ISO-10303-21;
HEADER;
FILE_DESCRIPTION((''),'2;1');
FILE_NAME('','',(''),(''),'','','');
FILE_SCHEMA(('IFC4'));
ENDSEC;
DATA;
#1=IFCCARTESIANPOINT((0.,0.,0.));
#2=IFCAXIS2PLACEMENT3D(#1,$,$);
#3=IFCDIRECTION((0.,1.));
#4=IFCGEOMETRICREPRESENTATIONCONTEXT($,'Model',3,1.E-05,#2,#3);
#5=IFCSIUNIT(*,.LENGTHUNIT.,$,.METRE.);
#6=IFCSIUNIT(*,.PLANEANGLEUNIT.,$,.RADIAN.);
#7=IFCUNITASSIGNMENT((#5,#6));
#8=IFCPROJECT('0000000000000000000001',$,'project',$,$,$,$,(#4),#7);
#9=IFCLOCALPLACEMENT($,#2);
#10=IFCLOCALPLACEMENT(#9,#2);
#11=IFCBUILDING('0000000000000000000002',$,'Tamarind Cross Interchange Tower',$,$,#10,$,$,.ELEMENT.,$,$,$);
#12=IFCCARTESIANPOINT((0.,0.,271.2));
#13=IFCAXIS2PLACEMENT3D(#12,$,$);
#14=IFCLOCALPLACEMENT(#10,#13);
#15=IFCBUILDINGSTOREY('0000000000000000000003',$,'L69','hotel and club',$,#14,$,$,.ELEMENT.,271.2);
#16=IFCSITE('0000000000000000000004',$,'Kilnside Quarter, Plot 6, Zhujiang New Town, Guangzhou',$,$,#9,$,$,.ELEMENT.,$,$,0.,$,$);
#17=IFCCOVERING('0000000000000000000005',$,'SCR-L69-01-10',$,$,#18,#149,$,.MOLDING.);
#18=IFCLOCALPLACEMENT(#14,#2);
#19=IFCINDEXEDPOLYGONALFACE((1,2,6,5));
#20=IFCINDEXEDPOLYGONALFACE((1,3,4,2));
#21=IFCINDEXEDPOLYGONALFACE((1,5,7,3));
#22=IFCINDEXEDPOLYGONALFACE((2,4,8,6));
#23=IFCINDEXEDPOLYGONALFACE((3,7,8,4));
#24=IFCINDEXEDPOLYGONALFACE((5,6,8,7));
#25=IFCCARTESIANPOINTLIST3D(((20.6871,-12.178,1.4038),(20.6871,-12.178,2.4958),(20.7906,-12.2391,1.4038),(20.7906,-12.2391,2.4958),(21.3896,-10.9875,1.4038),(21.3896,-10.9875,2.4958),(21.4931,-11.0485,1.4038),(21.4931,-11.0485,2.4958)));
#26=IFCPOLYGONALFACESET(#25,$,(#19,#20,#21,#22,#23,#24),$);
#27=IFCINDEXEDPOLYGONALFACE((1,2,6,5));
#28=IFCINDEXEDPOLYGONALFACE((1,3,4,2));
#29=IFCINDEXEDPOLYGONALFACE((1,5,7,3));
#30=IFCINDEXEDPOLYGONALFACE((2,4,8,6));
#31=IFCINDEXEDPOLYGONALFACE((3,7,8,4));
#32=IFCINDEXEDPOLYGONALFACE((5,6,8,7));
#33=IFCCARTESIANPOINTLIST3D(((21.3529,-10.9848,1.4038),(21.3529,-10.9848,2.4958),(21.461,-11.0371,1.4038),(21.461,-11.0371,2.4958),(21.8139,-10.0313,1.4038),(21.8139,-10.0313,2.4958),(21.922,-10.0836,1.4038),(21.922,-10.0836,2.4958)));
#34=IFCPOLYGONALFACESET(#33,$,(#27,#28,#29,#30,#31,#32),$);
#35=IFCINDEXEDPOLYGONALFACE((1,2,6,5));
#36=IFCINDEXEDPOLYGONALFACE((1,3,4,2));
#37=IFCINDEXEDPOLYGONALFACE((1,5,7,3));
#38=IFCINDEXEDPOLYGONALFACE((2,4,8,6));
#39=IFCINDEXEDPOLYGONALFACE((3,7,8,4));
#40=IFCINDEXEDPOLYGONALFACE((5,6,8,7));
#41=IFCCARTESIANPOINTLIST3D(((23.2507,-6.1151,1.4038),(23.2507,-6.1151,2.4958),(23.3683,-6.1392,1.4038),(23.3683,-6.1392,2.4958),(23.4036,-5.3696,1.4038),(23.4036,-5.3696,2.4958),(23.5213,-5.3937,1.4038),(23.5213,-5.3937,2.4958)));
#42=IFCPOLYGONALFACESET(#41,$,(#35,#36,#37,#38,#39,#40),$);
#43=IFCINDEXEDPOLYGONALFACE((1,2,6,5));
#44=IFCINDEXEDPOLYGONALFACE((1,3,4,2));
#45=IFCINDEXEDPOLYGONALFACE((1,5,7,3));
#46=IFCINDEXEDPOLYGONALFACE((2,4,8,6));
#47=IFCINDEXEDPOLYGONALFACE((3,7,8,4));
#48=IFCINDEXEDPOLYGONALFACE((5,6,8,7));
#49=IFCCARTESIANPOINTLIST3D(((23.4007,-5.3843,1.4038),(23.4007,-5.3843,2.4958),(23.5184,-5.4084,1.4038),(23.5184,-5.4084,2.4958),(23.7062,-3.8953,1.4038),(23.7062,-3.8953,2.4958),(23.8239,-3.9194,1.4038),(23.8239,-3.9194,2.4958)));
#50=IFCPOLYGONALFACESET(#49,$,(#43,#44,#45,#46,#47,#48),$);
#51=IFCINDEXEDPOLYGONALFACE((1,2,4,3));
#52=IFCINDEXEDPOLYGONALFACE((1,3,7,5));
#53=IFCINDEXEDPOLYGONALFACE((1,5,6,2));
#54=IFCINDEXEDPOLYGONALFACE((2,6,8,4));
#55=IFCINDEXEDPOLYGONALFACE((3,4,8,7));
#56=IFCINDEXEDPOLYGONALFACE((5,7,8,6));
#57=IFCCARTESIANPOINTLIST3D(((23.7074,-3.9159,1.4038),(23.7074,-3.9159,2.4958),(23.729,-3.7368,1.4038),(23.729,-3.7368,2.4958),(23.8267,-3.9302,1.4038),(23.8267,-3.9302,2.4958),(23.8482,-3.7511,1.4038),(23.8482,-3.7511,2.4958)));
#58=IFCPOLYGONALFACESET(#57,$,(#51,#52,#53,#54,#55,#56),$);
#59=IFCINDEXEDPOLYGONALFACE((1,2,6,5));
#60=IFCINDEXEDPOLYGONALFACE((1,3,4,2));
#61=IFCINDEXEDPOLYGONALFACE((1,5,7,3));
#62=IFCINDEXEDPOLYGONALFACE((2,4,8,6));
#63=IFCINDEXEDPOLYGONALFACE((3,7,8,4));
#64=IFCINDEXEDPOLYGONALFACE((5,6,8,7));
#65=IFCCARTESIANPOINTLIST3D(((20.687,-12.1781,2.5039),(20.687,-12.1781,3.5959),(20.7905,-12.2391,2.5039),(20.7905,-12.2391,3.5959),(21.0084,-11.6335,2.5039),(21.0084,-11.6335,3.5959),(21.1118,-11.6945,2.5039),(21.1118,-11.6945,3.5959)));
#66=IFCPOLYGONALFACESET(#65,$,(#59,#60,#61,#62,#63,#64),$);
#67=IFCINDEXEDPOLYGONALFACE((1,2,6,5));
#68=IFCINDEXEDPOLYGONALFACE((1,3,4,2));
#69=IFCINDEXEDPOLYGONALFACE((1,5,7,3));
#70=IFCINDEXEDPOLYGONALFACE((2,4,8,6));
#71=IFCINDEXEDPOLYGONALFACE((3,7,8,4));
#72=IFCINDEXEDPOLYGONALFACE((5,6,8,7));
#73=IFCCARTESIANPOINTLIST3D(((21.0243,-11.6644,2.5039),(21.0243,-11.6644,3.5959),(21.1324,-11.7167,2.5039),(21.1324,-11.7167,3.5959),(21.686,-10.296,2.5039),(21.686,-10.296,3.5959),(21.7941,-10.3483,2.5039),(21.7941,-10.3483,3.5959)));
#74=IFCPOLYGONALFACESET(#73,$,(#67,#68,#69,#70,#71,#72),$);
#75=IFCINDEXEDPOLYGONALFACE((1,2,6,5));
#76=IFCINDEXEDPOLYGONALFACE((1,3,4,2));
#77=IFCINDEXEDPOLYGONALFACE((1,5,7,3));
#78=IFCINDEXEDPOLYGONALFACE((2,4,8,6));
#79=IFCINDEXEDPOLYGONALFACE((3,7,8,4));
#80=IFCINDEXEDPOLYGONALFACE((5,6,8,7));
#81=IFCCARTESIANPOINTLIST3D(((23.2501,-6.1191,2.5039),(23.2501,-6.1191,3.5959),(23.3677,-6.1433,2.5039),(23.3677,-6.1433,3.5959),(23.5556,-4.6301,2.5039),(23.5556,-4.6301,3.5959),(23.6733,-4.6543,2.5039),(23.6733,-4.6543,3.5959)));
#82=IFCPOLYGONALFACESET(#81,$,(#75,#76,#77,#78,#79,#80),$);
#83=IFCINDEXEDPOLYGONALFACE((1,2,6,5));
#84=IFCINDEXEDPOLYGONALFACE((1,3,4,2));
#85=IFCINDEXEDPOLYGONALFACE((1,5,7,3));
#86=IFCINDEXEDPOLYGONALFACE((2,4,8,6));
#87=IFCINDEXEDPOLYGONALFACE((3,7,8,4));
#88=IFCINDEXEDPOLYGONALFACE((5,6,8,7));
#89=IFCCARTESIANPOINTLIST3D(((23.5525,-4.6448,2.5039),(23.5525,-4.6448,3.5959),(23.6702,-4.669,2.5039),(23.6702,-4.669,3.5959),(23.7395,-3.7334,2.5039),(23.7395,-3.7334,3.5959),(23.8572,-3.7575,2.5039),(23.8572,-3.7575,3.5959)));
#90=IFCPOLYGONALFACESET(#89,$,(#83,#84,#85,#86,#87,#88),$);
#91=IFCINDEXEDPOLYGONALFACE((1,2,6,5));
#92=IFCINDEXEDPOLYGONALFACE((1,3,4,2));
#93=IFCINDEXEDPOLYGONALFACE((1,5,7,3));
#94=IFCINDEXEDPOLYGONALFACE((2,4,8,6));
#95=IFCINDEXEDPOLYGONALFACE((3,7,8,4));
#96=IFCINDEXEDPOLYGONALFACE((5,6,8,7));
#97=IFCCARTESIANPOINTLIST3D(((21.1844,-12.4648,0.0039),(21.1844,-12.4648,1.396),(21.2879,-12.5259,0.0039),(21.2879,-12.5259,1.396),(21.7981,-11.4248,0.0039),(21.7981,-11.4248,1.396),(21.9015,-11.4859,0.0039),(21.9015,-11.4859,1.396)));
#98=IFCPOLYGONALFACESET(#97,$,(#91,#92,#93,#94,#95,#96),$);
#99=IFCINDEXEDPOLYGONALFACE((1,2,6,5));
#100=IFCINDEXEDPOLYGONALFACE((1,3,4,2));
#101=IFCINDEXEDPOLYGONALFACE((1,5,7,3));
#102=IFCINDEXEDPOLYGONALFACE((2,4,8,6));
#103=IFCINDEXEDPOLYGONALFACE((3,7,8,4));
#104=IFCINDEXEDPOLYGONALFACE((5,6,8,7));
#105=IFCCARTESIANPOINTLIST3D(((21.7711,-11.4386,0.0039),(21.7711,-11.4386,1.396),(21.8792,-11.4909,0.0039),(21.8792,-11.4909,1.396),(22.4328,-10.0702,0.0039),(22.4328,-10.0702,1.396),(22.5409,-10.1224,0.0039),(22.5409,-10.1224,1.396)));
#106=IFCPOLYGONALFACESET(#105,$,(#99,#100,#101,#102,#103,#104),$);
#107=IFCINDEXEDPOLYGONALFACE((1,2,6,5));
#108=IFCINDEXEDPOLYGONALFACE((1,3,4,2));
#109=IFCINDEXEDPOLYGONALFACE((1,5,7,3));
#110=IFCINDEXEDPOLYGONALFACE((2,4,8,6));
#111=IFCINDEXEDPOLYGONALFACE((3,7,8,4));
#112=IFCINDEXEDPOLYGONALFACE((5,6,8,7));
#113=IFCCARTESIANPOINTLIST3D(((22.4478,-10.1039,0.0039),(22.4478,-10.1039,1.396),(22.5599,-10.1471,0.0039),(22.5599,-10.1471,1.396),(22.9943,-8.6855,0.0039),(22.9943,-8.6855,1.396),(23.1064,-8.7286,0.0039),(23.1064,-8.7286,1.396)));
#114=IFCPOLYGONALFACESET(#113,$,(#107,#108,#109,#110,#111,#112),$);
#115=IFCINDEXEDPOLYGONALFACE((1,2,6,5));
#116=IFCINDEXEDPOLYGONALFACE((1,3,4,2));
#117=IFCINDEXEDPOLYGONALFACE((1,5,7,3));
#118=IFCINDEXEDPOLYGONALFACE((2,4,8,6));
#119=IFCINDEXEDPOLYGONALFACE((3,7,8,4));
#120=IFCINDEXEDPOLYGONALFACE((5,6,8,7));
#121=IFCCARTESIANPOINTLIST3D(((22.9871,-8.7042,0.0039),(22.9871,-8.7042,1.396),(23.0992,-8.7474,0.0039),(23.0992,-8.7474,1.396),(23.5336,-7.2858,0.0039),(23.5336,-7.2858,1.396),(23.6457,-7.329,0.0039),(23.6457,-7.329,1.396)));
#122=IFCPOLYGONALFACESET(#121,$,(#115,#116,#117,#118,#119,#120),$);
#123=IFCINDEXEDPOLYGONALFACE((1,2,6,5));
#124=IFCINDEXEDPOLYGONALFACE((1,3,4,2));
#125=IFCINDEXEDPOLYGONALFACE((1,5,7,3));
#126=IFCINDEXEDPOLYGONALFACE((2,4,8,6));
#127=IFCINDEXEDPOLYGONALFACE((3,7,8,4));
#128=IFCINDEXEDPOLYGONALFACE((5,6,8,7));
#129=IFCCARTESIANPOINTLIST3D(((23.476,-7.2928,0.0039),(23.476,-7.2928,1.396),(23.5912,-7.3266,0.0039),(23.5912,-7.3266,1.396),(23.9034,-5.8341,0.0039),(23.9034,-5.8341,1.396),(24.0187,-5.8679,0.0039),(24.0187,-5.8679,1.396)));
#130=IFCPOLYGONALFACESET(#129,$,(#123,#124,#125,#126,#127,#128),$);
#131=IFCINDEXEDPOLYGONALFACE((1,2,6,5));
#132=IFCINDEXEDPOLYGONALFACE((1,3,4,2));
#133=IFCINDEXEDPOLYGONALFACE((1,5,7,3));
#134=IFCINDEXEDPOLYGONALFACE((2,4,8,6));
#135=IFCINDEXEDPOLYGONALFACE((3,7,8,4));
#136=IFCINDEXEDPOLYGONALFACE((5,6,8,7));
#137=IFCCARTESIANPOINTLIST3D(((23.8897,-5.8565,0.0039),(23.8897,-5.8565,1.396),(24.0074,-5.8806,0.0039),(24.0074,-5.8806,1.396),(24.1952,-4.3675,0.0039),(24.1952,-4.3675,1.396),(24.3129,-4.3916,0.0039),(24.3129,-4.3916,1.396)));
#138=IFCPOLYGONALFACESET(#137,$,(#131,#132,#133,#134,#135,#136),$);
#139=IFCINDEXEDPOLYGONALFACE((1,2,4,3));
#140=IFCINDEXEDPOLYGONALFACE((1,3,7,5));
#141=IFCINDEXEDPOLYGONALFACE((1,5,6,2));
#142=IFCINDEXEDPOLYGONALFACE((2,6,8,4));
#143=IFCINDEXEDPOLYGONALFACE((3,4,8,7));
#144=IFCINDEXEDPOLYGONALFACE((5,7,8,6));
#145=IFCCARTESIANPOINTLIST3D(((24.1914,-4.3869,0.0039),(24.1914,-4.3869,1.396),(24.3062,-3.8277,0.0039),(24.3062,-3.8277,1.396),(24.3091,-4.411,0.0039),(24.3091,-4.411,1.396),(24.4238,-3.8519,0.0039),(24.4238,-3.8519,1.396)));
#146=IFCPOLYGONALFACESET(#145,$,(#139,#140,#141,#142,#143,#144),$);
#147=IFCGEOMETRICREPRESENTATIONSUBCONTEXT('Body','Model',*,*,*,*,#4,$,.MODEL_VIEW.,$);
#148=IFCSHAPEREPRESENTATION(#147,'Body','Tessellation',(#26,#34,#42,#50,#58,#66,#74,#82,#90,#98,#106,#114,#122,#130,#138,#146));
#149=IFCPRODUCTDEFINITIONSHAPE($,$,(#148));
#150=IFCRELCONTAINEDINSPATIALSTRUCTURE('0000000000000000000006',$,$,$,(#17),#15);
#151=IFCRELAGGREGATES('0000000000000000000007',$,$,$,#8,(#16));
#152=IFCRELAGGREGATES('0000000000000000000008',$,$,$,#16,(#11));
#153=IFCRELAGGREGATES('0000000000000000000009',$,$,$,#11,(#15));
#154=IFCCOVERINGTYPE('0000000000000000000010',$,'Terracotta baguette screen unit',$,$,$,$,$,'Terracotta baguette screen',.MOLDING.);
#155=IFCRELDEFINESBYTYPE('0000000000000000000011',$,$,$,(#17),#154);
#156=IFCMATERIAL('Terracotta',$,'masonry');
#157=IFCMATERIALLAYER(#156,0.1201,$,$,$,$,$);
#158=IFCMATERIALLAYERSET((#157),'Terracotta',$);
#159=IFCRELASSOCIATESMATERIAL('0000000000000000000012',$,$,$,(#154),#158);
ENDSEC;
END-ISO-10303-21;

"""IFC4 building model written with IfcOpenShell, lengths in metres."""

from ifc_helpers import new_model, si_unit, direction, frame, origin, origin_2d, place, context, subcontext, project, spatial, rectangle, extrude, material, layer, layer_set, type_object, element, save


model = new_model("IFC4")

# Units and contexts
model_context = context("Model", 3, precision=1e-05, world=origin(), true_north=direction((0.0, 1.0)))
body_context = subcontext(model_context, "Body", "Model", "MODEL_VIEW")
ifc_project = project(units=[si_unit("LENGTHUNIT", "METRE"), si_unit("PLANEANGLEUNIT", "RADIAN")], contexts=[model_context])

# Site, building, storey
site_placement = place(None, origin())
site = spatial("IfcSite", under=ifc_project, at=site_placement, Name="Kilnside Quarter, Plot 6, Zhujiang New Town, Guangzhou", CompositionType="ELEMENT", RefElevation=0.0)
building_placement = place(site_placement, origin())
building = spatial("IfcBuilding", under=site, at=building_placement, Name="Tamarind Cross Interchange Tower", CompositionType="ELEMENT")
storey_placement = place(building_placement, frame((0.0, 0.0, 271.2)))
storey = spatial("IfcBuildingStorey", under=building, at=storey_placement, Name="L69", Description="hotel and club", CompositionType="ELEMENT", Elevation=271.2)

# Covering
ifc_material_1 = material(Name="Terracotta", Category="masonry")
ifc_layer_1 = layer(ifc_material_1, 0.1201)
ifc_layer_set_1 = layer_set([ifc_layer_1], Name="Terracotta")
covering_type = type_object("IfcCoveringType", Name="Terracotta baguette screen unit", ElementType="Terracotta baguette screen", PredefinedType="MOLDING", material=ifc_layer_set_1)
covering_1_placement = place(storey_placement, origin())
element("IfcCovering", 1, at=covering_1_placement, inside=storey, type_object=covering_type, Name="SCR-L69-01-10", PredefinedType="MOLDING", context=body_context, shape_type="SweptSolid", body=[
    extrude(rectangle(XDim=1.3823, YDim=0.1201, at=origin_2d()), frame((21.0901, -11.6133, 1.4038), z_axis=(0.0, 0.0, 1.0), x_axis=(0.508183, 0.861249, 0.0)), (0.0, 0.0, 1.0), 1.092),
    extrude(rectangle(XDim=1.0591, YDim=0.1201, at=origin_2d()), frame((21.6375, -10.5342, 1.4038), z_axis=(0.0, 0.0, 1.0), x_axis=(0.435326, 0.900273, 0.0)), (0.0, 0.0, 1.0), 1.092),
    extrude(rectangle(XDim=0.761, YDim=0.1201, at=origin_2d()), frame((23.386, -5.7544, 1.4038), z_axis=(0.0, 0.0, 1.0), x_axis=(0.201001, 0.979591, 0.0)), (0.0, 0.0, 1.0), 1.092),
    extrude(rectangle(XDim=1.52, YDim=0.1201, at=origin_2d()), frame((23.6123, -4.6519, 1.4038), z_axis=(0.0, 0.0, 1.0), x_axis=(0.201001, 0.979591, 0.0)), (0.0, 0.0, 1.0), 1.092),
    extrude(rectangle(XDim=0.1804, YDim=0.1201, at=origin_2d()), frame((23.7778, -3.8335, 1.4038), z_axis=(0.0, 0.0, 1.0), x_axis=(0.119421, 0.992844, 0.0)), (0.0, 0.0, 1.0), 1.092),
    extrude(rectangle(XDim=0.6323, YDim=0.1201, at=origin_2d()), frame((20.8994, -11.9363, 2.5039), z_axis=(0.0, 0.0, 1.0), x_axis=(0.508183, 0.861249, 0.0)), (0.0, 0.0, 1.0), 1.092),
    extrude(rectangle(XDim=1.52, YDim=0.1201, at=origin_2d()), frame((21.4092, -11.0063, 2.5039), z_axis=(0.0, 0.0, 1.0), x_axis=(0.435326, 0.900273, 0.0)), (0.0, 0.0, 1.0), 1.092),
    extrude(rectangle(XDim=1.52, YDim=0.1201, at=origin_2d()), frame((23.4617, -5.3867, 2.5039), z_axis=(0.0, 0.0, 1.0), x_axis=(0.201001, 0.979591, 0.0)), (0.0, 0.0, 1.0), 1.092),
    extrude(rectangle(XDim=0.9304, YDim=0.1201, at=origin_2d()), frame((23.7048, -4.2012, 2.5039), z_axis=(0.0, 0.0, 1.0), x_axis=(0.201001, 0.979591, 0.0)), (0.0, 0.0, 1.0), 1.092),
    extrude(rectangle(XDim=1.2075, YDim=0.1201, at=origin_2d()), frame((21.543, -11.9753, 0.0039), z_axis=(0.0, 0.0, 1.0), x_axis=(0.508183, 0.861249, 0.0)), (0.0, 0.0, 1.0), 1.3921),
    extrude(rectangle(XDim=1.52, YDim=0.1201, at=origin_2d()), frame((22.156, -10.7805, 0.0039), z_axis=(0.0, 0.0, 1.0), x_axis=(0.435326, 0.900273, 0.0)), (0.0, 0.0, 1.0), 1.3921),
    extrude(rectangle(XDim=1.52, YDim=0.1201, at=origin_2d()), frame((22.7771, -9.4163, 0.0039), z_axis=(0.0, 0.0, 1.0), x_axis=(0.359495, 0.933147, 0.0)), (0.0, 0.0, 1.0), 1.3921),
    extrude(rectangle(XDim=1.52, YDim=0.1201, at=origin_2d()), frame((23.3164, -8.0166, 0.0039), z_axis=(0.0, 0.0, 1.0), x_axis=(0.359495, 0.933147, 0.0)), (0.0, 0.0, 1.0), 1.3921),
    extrude(rectangle(XDim=1.52, YDim=0.1201, at=origin_2d()), frame((23.7473, -6.5803, 0.0039), z_axis=(0.0, 0.0, 1.0), x_axis=(0.281209, 0.959647, 0.0)), (0.0, 0.0, 1.0), 1.3921),
    extrude(rectangle(XDim=1.52, YDim=0.1201, at=origin_2d()), frame((24.1013, -5.124, 0.0039), z_axis=(0.0, 0.0, 1.0), x_axis=(0.201001, 0.979591, 0.0)), (0.0, 0.0, 1.0), 1.3921),
    extrude(rectangle(XDim=0.5708, YDim=0.1201, at=origin_2d()), frame((24.3076, -4.1194, 0.0039), z_axis=(0.0, 0.0, 1.0), x_axis=(0.201001, 0.979591, 0.0)), (0.0, 0.0, 1.0), 1.3921),
])

save(model, "model.ifc")
